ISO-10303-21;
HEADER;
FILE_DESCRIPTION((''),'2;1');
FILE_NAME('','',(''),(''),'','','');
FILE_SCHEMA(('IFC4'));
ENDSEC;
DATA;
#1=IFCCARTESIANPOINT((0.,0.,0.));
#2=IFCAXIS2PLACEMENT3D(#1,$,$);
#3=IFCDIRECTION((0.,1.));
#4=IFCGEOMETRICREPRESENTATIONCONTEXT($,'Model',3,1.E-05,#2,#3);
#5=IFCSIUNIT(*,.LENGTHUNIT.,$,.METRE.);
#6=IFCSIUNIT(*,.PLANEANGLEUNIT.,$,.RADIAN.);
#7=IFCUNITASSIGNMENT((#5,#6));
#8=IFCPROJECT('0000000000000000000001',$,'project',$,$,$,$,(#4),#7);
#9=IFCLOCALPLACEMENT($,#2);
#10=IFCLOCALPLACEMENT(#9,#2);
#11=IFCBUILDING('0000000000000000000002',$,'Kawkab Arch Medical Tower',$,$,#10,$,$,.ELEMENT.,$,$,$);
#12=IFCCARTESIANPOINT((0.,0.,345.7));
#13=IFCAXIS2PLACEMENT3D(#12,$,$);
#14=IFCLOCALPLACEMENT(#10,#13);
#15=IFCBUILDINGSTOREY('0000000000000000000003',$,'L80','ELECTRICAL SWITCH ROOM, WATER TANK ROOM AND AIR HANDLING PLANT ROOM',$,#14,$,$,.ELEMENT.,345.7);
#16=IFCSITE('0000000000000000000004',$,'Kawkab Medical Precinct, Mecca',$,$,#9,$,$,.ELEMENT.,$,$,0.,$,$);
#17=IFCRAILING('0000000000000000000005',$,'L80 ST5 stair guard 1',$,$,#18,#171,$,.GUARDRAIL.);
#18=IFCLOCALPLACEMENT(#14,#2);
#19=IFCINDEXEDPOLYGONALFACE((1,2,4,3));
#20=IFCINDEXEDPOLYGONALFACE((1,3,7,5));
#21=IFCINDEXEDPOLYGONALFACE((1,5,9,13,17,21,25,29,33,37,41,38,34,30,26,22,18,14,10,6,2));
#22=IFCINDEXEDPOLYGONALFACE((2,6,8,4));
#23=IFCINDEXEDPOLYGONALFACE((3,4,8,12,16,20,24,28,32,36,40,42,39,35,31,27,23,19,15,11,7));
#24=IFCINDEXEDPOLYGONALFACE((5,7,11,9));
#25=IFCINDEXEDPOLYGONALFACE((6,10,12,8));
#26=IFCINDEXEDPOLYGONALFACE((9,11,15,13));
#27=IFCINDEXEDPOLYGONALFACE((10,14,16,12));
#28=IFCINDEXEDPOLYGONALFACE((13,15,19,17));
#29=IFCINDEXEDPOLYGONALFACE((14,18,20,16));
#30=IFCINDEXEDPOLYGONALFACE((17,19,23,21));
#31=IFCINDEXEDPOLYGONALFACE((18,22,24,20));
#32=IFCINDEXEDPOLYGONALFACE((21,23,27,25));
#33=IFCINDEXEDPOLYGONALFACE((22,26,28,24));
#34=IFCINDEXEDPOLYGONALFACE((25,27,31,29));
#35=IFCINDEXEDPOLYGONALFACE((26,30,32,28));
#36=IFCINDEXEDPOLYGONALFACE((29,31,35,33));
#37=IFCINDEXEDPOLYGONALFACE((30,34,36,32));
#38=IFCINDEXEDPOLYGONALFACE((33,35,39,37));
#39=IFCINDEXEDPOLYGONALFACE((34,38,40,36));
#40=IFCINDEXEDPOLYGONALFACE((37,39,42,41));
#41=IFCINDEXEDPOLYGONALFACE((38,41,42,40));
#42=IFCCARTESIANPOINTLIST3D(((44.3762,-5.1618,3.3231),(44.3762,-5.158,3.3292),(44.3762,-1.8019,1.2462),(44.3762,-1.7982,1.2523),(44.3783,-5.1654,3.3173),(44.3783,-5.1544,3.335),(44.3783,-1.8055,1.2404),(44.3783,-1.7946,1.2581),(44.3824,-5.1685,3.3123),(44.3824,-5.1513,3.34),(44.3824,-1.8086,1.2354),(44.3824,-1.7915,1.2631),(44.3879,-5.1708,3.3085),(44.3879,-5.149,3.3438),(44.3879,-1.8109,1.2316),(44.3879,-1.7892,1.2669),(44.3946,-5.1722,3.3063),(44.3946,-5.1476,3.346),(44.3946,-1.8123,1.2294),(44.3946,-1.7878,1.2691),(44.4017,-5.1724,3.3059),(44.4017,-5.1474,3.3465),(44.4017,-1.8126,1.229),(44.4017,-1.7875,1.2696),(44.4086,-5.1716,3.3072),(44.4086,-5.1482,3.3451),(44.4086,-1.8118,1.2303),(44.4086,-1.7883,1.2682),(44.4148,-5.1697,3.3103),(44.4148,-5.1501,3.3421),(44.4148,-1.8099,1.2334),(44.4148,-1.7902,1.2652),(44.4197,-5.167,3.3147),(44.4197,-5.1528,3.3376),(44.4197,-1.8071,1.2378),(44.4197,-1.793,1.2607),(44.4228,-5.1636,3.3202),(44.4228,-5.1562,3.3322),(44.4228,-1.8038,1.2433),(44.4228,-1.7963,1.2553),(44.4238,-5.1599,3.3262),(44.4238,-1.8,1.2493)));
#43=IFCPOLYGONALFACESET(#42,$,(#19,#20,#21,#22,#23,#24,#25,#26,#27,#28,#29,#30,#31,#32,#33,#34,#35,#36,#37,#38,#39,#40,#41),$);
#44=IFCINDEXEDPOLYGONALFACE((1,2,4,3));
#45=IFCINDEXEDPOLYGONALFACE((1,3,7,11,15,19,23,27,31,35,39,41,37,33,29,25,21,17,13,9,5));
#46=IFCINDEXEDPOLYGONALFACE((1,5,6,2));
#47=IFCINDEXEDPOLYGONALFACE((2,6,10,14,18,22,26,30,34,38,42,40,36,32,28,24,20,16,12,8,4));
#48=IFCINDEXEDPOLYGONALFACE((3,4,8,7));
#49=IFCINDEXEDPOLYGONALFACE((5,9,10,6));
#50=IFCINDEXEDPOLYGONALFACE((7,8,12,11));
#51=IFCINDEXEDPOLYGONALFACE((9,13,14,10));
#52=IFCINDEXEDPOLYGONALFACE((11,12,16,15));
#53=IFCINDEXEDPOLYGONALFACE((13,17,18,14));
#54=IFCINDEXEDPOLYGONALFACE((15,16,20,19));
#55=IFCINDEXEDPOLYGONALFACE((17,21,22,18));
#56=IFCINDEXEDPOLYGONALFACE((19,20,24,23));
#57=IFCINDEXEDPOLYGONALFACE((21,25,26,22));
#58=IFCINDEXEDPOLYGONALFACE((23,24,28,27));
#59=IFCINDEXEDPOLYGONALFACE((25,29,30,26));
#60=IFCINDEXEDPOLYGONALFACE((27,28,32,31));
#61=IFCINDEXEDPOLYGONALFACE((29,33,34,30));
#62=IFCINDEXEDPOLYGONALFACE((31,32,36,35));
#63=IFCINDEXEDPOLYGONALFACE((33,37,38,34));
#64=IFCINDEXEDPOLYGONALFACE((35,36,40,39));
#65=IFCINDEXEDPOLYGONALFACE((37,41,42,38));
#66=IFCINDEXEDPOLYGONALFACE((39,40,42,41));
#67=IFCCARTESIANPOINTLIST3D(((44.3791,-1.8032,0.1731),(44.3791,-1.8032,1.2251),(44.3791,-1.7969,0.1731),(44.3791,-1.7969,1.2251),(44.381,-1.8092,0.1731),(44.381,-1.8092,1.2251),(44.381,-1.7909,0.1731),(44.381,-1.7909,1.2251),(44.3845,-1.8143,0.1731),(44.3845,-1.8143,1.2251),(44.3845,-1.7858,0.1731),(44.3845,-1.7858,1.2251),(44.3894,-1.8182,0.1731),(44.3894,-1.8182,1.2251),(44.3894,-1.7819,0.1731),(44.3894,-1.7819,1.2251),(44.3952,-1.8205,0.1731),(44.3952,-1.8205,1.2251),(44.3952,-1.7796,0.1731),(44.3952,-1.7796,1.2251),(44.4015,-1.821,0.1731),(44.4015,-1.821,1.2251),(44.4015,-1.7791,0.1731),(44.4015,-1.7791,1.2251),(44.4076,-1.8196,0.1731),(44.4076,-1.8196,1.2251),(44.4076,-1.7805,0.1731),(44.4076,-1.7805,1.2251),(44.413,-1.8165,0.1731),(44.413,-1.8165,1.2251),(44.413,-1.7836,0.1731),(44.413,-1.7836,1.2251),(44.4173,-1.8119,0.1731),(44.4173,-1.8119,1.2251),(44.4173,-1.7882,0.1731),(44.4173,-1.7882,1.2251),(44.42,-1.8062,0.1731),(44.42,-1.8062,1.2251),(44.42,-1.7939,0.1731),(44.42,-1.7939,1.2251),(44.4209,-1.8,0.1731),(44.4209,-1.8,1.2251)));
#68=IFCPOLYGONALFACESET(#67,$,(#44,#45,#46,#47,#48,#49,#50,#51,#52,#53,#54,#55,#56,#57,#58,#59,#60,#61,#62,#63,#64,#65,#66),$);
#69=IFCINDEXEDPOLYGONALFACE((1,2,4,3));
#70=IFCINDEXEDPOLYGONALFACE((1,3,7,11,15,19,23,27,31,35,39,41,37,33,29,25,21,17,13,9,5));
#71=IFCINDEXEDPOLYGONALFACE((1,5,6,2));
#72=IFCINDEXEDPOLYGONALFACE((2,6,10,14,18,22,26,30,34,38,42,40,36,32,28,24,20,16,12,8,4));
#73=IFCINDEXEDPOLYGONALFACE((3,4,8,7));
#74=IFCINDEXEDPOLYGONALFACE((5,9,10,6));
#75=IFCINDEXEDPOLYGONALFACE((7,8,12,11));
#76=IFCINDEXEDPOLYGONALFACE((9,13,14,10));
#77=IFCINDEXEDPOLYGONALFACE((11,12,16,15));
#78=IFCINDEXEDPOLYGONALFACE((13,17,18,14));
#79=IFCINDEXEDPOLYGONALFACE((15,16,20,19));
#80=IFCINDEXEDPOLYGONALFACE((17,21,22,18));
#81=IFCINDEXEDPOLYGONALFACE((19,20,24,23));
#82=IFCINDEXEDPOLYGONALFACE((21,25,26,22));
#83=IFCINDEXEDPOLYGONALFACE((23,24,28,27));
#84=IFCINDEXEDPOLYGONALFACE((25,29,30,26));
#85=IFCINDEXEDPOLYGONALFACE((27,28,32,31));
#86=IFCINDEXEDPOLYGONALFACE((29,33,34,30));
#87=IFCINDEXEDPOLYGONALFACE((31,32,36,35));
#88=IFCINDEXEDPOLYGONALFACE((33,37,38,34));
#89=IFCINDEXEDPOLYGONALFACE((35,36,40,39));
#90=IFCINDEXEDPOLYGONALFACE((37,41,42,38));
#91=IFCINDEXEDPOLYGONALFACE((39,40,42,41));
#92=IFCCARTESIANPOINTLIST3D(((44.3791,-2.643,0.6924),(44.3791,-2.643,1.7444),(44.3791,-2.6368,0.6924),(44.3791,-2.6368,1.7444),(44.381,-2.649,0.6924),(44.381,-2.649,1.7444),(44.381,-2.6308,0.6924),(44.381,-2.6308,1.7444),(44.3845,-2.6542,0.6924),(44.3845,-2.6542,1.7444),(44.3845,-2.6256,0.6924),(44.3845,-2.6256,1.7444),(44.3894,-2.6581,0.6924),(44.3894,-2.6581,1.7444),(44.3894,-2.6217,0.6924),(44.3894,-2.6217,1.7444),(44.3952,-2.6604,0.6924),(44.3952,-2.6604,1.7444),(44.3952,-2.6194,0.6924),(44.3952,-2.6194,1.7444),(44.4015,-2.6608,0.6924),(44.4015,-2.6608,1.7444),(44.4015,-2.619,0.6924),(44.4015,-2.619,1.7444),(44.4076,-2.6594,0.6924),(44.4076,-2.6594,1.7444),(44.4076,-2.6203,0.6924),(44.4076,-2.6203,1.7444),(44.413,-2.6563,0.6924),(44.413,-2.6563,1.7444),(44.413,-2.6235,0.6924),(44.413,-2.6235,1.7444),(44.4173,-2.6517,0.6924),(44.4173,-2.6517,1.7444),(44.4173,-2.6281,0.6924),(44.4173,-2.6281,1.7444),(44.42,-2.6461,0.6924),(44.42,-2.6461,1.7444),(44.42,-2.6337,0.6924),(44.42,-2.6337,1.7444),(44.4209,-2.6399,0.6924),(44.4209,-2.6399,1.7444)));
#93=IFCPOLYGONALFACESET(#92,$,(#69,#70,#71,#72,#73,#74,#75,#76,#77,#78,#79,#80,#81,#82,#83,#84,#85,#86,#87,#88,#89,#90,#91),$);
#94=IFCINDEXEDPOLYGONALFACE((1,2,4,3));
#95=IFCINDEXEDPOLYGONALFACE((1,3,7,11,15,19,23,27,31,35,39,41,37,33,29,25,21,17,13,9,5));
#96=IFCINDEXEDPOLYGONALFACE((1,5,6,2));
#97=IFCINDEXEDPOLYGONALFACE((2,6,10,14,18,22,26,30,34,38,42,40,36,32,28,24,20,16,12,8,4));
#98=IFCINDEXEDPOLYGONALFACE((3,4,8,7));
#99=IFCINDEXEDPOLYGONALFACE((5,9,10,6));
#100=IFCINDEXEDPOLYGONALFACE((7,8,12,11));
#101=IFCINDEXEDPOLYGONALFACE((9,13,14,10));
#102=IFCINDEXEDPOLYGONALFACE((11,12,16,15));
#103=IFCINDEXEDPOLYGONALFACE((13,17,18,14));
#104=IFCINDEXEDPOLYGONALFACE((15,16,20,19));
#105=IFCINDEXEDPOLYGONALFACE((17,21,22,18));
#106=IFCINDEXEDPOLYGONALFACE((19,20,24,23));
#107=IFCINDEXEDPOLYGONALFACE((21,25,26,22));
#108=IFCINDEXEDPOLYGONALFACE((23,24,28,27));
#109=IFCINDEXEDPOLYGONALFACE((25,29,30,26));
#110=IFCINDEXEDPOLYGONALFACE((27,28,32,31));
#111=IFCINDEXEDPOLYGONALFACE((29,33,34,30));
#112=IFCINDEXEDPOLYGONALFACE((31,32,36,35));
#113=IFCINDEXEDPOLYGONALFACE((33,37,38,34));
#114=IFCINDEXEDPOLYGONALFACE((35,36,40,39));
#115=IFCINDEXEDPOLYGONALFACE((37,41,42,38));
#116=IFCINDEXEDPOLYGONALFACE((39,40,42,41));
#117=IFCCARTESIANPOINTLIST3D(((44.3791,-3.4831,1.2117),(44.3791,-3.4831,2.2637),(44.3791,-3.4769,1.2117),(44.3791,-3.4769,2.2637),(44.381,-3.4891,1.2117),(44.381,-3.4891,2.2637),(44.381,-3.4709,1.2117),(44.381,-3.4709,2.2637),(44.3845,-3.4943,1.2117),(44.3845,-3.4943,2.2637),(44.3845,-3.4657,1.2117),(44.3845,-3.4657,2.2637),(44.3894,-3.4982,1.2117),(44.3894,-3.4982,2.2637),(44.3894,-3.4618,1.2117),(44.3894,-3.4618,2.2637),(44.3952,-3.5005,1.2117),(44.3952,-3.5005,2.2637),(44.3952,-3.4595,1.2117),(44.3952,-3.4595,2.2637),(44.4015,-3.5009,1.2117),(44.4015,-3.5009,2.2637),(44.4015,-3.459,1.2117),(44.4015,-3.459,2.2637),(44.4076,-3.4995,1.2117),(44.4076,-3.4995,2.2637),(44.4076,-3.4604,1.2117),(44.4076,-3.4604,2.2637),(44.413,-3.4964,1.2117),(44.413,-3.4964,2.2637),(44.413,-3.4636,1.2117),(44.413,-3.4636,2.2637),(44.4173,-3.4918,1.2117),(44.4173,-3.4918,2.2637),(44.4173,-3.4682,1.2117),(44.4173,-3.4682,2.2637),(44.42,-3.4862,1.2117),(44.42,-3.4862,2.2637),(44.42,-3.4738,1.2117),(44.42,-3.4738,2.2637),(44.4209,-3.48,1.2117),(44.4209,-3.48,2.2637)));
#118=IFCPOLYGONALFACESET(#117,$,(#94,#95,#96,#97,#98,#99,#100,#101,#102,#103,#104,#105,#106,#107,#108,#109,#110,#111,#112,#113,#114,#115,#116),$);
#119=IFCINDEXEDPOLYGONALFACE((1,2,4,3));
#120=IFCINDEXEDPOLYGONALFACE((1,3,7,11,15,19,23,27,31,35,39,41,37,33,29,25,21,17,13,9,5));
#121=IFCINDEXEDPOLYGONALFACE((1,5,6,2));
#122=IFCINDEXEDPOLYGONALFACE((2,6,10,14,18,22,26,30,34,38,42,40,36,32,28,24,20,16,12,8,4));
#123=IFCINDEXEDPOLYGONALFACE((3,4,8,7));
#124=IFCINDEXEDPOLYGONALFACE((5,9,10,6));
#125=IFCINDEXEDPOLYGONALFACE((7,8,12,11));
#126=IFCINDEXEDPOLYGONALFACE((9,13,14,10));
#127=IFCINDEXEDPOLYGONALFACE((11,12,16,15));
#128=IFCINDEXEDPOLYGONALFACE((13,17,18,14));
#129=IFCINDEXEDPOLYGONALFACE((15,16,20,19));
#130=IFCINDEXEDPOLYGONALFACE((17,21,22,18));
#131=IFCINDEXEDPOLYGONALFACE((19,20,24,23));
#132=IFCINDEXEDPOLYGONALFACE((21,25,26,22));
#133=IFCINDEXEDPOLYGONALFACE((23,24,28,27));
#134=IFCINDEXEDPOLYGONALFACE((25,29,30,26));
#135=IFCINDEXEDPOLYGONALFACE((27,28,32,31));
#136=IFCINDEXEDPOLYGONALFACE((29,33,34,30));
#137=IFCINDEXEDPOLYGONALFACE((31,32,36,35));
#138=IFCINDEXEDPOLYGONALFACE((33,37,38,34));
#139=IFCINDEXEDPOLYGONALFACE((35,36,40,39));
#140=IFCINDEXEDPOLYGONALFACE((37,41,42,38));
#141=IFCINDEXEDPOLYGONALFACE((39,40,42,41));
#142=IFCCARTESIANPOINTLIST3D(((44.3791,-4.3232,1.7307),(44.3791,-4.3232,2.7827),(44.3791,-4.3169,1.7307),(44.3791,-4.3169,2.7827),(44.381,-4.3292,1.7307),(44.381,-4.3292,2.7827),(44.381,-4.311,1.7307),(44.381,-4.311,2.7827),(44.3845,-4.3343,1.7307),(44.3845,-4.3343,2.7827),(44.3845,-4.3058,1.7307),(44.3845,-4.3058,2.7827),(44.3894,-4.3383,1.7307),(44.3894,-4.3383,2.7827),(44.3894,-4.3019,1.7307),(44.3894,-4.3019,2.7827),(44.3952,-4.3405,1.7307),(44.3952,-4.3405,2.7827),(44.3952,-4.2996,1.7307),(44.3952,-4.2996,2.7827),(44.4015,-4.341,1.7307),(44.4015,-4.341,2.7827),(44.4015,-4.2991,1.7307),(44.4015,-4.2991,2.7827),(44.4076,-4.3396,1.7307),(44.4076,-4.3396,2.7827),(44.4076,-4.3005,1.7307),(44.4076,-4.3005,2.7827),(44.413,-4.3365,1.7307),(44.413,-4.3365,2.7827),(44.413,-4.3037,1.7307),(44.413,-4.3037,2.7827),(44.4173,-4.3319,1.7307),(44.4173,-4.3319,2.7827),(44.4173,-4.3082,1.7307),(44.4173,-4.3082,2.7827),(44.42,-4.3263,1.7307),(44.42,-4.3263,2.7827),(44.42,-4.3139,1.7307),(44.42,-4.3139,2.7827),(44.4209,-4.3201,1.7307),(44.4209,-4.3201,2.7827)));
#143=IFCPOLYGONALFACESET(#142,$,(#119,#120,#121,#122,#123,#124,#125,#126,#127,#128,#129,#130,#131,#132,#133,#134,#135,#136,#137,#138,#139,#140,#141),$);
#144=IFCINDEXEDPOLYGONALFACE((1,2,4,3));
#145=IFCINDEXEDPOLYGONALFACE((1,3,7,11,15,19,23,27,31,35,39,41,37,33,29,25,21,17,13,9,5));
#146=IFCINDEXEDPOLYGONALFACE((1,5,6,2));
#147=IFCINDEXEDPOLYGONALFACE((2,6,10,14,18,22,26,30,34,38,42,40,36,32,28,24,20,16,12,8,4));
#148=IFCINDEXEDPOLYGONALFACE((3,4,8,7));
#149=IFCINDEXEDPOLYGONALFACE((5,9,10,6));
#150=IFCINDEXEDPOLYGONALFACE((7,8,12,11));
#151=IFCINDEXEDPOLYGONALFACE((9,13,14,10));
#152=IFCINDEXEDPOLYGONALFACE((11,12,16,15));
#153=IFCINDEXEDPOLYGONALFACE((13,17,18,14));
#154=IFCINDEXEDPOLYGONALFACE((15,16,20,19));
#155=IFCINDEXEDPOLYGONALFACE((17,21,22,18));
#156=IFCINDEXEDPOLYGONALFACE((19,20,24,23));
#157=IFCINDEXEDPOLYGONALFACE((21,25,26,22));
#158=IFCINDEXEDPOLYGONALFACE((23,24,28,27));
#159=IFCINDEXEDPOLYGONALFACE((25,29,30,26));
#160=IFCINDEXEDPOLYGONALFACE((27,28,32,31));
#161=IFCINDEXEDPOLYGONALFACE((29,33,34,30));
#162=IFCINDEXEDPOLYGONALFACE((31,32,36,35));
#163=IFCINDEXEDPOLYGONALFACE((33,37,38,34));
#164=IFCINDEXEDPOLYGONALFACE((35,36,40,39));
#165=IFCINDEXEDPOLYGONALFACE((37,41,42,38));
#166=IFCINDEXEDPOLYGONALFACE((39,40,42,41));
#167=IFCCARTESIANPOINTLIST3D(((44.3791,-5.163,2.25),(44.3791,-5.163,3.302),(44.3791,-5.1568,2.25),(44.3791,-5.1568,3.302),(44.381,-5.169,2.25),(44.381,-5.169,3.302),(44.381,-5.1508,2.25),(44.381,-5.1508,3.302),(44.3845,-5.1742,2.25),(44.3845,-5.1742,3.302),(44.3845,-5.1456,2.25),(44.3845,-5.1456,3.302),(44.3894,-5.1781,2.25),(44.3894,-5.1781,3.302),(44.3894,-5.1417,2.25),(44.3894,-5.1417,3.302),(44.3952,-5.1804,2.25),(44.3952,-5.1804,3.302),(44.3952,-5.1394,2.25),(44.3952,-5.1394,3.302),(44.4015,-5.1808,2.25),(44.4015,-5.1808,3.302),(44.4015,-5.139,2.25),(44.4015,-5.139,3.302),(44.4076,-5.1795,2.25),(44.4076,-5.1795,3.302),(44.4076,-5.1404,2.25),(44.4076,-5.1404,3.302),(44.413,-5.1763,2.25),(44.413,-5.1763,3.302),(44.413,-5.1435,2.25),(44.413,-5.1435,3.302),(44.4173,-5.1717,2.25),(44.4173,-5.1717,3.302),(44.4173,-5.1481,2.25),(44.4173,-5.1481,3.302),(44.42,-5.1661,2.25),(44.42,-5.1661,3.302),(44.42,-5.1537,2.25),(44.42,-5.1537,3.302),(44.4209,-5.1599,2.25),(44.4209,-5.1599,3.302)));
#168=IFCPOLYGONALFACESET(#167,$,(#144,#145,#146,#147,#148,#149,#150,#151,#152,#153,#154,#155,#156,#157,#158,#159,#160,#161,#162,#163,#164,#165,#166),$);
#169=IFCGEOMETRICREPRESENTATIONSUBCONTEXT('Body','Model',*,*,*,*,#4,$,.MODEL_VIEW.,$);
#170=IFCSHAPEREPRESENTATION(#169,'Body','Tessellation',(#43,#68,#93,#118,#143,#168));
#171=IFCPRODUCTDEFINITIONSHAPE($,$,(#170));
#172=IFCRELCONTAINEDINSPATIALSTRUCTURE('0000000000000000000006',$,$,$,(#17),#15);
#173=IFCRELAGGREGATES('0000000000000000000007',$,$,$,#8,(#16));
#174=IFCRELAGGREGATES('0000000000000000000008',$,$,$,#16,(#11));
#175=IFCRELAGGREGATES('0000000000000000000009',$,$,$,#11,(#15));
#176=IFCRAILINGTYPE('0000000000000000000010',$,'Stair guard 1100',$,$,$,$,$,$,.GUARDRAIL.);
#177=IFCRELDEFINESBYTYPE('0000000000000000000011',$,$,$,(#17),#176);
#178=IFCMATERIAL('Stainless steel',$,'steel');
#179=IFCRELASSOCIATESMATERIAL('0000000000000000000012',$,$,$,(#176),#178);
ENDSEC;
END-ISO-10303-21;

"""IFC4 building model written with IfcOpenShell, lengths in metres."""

from ifc_helpers import new_model, si_unit, direction, frame, origin, origin_2d, place, context, subcontext, project, spatial, circle, extrude, material, type_object, element, save


model = new_model("IFC4")

# Units and contexts
model_context = context("Model", 3, precision=1e-05, world=origin(), true_north=direction((0.0, 1.0)))
body_context = subcontext(model_context, "Body", "Model", "MODEL_VIEW")
ifc_project = project(units=[si_unit("LENGTHUNIT", "METRE"), si_unit("PLANEANGLEUNIT", "RADIAN")], contexts=[model_context])

# Site, building, storey
site_placement = place(None, origin())
site = spatial("IfcSite", under=ifc_project, at=site_placement, Name="Kawkab Medical Precinct, Mecca", CompositionType="ELEMENT", RefElevation=0.0)
building_placement = place(site_placement, origin())
building = spatial("IfcBuilding", under=site, at=building_placement, Name="Kawkab Arch Medical Tower", CompositionType="ELEMENT")
storey_placement = place(building_placement, frame((0.0, 0.0, 345.7)))
storey = spatial("IfcBuildingStorey", under=building, at=storey_placement, Name="L80", Description="ELECTRICAL SWITCH ROOM, WATER TANK ROOM AND AIR HANDLING PLANT ROOM", CompositionType="ELEMENT", Elevation=345.7)

# Railing
ifc_material_1 = material(Name="Stainless steel", Category="steel")
railing_type = type_object("IfcRailingType", Name="Stair guard 1100", PredefinedType="GUARDRAIL", material=ifc_material_1)
railing_placement = place(storey_placement, frame((44.3999, -1.8, 0.1731)))
element("IfcRailing", 1, at=railing_placement, inside=storey, type_object=railing_type, Name="L80 ST5 stair guard 1", PredefinedType="GUARDRAIL", context=body_context, shape_type="SweptSolid", body=[
    extrude(circle(Radius=0.0239, at=origin_2d()), frame((0.0, 0.0, 1.0762), z_axis=(0.0, -0.850606, 0.525803), x_axis=(1.0, 0.0, 0.0)), (0.0, 0.0, 1.0), 3.95),
    extrude(circle(Radius=0.021, at=origin_2d()), origin(), (0.0, 0.0, 1.0), 1.052),
    extrude(circle(Radius=0.021, at=origin_2d()), frame((0.0, -0.8398, 0.5193)), (0.0, 0.0, 1.0), 1.052),
    extrude(circle(Radius=0.021, at=origin_2d()), frame((0.0, -1.6799, 1.0386)), (0.0, 0.0, 1.0), 1.052),
    extrude(circle(Radius=0.021, at=origin_2d()), frame((0.0, -2.52, 1.5576)), (0.0, 0.0, 1.0), 1.052),
    extrude(circle(Radius=0.021, at=origin_2d()), frame((0.0, -3.3599, 2.0769)), (0.0, 0.0, 1.0), 1.052),
])

save(model, "model.ifc")
